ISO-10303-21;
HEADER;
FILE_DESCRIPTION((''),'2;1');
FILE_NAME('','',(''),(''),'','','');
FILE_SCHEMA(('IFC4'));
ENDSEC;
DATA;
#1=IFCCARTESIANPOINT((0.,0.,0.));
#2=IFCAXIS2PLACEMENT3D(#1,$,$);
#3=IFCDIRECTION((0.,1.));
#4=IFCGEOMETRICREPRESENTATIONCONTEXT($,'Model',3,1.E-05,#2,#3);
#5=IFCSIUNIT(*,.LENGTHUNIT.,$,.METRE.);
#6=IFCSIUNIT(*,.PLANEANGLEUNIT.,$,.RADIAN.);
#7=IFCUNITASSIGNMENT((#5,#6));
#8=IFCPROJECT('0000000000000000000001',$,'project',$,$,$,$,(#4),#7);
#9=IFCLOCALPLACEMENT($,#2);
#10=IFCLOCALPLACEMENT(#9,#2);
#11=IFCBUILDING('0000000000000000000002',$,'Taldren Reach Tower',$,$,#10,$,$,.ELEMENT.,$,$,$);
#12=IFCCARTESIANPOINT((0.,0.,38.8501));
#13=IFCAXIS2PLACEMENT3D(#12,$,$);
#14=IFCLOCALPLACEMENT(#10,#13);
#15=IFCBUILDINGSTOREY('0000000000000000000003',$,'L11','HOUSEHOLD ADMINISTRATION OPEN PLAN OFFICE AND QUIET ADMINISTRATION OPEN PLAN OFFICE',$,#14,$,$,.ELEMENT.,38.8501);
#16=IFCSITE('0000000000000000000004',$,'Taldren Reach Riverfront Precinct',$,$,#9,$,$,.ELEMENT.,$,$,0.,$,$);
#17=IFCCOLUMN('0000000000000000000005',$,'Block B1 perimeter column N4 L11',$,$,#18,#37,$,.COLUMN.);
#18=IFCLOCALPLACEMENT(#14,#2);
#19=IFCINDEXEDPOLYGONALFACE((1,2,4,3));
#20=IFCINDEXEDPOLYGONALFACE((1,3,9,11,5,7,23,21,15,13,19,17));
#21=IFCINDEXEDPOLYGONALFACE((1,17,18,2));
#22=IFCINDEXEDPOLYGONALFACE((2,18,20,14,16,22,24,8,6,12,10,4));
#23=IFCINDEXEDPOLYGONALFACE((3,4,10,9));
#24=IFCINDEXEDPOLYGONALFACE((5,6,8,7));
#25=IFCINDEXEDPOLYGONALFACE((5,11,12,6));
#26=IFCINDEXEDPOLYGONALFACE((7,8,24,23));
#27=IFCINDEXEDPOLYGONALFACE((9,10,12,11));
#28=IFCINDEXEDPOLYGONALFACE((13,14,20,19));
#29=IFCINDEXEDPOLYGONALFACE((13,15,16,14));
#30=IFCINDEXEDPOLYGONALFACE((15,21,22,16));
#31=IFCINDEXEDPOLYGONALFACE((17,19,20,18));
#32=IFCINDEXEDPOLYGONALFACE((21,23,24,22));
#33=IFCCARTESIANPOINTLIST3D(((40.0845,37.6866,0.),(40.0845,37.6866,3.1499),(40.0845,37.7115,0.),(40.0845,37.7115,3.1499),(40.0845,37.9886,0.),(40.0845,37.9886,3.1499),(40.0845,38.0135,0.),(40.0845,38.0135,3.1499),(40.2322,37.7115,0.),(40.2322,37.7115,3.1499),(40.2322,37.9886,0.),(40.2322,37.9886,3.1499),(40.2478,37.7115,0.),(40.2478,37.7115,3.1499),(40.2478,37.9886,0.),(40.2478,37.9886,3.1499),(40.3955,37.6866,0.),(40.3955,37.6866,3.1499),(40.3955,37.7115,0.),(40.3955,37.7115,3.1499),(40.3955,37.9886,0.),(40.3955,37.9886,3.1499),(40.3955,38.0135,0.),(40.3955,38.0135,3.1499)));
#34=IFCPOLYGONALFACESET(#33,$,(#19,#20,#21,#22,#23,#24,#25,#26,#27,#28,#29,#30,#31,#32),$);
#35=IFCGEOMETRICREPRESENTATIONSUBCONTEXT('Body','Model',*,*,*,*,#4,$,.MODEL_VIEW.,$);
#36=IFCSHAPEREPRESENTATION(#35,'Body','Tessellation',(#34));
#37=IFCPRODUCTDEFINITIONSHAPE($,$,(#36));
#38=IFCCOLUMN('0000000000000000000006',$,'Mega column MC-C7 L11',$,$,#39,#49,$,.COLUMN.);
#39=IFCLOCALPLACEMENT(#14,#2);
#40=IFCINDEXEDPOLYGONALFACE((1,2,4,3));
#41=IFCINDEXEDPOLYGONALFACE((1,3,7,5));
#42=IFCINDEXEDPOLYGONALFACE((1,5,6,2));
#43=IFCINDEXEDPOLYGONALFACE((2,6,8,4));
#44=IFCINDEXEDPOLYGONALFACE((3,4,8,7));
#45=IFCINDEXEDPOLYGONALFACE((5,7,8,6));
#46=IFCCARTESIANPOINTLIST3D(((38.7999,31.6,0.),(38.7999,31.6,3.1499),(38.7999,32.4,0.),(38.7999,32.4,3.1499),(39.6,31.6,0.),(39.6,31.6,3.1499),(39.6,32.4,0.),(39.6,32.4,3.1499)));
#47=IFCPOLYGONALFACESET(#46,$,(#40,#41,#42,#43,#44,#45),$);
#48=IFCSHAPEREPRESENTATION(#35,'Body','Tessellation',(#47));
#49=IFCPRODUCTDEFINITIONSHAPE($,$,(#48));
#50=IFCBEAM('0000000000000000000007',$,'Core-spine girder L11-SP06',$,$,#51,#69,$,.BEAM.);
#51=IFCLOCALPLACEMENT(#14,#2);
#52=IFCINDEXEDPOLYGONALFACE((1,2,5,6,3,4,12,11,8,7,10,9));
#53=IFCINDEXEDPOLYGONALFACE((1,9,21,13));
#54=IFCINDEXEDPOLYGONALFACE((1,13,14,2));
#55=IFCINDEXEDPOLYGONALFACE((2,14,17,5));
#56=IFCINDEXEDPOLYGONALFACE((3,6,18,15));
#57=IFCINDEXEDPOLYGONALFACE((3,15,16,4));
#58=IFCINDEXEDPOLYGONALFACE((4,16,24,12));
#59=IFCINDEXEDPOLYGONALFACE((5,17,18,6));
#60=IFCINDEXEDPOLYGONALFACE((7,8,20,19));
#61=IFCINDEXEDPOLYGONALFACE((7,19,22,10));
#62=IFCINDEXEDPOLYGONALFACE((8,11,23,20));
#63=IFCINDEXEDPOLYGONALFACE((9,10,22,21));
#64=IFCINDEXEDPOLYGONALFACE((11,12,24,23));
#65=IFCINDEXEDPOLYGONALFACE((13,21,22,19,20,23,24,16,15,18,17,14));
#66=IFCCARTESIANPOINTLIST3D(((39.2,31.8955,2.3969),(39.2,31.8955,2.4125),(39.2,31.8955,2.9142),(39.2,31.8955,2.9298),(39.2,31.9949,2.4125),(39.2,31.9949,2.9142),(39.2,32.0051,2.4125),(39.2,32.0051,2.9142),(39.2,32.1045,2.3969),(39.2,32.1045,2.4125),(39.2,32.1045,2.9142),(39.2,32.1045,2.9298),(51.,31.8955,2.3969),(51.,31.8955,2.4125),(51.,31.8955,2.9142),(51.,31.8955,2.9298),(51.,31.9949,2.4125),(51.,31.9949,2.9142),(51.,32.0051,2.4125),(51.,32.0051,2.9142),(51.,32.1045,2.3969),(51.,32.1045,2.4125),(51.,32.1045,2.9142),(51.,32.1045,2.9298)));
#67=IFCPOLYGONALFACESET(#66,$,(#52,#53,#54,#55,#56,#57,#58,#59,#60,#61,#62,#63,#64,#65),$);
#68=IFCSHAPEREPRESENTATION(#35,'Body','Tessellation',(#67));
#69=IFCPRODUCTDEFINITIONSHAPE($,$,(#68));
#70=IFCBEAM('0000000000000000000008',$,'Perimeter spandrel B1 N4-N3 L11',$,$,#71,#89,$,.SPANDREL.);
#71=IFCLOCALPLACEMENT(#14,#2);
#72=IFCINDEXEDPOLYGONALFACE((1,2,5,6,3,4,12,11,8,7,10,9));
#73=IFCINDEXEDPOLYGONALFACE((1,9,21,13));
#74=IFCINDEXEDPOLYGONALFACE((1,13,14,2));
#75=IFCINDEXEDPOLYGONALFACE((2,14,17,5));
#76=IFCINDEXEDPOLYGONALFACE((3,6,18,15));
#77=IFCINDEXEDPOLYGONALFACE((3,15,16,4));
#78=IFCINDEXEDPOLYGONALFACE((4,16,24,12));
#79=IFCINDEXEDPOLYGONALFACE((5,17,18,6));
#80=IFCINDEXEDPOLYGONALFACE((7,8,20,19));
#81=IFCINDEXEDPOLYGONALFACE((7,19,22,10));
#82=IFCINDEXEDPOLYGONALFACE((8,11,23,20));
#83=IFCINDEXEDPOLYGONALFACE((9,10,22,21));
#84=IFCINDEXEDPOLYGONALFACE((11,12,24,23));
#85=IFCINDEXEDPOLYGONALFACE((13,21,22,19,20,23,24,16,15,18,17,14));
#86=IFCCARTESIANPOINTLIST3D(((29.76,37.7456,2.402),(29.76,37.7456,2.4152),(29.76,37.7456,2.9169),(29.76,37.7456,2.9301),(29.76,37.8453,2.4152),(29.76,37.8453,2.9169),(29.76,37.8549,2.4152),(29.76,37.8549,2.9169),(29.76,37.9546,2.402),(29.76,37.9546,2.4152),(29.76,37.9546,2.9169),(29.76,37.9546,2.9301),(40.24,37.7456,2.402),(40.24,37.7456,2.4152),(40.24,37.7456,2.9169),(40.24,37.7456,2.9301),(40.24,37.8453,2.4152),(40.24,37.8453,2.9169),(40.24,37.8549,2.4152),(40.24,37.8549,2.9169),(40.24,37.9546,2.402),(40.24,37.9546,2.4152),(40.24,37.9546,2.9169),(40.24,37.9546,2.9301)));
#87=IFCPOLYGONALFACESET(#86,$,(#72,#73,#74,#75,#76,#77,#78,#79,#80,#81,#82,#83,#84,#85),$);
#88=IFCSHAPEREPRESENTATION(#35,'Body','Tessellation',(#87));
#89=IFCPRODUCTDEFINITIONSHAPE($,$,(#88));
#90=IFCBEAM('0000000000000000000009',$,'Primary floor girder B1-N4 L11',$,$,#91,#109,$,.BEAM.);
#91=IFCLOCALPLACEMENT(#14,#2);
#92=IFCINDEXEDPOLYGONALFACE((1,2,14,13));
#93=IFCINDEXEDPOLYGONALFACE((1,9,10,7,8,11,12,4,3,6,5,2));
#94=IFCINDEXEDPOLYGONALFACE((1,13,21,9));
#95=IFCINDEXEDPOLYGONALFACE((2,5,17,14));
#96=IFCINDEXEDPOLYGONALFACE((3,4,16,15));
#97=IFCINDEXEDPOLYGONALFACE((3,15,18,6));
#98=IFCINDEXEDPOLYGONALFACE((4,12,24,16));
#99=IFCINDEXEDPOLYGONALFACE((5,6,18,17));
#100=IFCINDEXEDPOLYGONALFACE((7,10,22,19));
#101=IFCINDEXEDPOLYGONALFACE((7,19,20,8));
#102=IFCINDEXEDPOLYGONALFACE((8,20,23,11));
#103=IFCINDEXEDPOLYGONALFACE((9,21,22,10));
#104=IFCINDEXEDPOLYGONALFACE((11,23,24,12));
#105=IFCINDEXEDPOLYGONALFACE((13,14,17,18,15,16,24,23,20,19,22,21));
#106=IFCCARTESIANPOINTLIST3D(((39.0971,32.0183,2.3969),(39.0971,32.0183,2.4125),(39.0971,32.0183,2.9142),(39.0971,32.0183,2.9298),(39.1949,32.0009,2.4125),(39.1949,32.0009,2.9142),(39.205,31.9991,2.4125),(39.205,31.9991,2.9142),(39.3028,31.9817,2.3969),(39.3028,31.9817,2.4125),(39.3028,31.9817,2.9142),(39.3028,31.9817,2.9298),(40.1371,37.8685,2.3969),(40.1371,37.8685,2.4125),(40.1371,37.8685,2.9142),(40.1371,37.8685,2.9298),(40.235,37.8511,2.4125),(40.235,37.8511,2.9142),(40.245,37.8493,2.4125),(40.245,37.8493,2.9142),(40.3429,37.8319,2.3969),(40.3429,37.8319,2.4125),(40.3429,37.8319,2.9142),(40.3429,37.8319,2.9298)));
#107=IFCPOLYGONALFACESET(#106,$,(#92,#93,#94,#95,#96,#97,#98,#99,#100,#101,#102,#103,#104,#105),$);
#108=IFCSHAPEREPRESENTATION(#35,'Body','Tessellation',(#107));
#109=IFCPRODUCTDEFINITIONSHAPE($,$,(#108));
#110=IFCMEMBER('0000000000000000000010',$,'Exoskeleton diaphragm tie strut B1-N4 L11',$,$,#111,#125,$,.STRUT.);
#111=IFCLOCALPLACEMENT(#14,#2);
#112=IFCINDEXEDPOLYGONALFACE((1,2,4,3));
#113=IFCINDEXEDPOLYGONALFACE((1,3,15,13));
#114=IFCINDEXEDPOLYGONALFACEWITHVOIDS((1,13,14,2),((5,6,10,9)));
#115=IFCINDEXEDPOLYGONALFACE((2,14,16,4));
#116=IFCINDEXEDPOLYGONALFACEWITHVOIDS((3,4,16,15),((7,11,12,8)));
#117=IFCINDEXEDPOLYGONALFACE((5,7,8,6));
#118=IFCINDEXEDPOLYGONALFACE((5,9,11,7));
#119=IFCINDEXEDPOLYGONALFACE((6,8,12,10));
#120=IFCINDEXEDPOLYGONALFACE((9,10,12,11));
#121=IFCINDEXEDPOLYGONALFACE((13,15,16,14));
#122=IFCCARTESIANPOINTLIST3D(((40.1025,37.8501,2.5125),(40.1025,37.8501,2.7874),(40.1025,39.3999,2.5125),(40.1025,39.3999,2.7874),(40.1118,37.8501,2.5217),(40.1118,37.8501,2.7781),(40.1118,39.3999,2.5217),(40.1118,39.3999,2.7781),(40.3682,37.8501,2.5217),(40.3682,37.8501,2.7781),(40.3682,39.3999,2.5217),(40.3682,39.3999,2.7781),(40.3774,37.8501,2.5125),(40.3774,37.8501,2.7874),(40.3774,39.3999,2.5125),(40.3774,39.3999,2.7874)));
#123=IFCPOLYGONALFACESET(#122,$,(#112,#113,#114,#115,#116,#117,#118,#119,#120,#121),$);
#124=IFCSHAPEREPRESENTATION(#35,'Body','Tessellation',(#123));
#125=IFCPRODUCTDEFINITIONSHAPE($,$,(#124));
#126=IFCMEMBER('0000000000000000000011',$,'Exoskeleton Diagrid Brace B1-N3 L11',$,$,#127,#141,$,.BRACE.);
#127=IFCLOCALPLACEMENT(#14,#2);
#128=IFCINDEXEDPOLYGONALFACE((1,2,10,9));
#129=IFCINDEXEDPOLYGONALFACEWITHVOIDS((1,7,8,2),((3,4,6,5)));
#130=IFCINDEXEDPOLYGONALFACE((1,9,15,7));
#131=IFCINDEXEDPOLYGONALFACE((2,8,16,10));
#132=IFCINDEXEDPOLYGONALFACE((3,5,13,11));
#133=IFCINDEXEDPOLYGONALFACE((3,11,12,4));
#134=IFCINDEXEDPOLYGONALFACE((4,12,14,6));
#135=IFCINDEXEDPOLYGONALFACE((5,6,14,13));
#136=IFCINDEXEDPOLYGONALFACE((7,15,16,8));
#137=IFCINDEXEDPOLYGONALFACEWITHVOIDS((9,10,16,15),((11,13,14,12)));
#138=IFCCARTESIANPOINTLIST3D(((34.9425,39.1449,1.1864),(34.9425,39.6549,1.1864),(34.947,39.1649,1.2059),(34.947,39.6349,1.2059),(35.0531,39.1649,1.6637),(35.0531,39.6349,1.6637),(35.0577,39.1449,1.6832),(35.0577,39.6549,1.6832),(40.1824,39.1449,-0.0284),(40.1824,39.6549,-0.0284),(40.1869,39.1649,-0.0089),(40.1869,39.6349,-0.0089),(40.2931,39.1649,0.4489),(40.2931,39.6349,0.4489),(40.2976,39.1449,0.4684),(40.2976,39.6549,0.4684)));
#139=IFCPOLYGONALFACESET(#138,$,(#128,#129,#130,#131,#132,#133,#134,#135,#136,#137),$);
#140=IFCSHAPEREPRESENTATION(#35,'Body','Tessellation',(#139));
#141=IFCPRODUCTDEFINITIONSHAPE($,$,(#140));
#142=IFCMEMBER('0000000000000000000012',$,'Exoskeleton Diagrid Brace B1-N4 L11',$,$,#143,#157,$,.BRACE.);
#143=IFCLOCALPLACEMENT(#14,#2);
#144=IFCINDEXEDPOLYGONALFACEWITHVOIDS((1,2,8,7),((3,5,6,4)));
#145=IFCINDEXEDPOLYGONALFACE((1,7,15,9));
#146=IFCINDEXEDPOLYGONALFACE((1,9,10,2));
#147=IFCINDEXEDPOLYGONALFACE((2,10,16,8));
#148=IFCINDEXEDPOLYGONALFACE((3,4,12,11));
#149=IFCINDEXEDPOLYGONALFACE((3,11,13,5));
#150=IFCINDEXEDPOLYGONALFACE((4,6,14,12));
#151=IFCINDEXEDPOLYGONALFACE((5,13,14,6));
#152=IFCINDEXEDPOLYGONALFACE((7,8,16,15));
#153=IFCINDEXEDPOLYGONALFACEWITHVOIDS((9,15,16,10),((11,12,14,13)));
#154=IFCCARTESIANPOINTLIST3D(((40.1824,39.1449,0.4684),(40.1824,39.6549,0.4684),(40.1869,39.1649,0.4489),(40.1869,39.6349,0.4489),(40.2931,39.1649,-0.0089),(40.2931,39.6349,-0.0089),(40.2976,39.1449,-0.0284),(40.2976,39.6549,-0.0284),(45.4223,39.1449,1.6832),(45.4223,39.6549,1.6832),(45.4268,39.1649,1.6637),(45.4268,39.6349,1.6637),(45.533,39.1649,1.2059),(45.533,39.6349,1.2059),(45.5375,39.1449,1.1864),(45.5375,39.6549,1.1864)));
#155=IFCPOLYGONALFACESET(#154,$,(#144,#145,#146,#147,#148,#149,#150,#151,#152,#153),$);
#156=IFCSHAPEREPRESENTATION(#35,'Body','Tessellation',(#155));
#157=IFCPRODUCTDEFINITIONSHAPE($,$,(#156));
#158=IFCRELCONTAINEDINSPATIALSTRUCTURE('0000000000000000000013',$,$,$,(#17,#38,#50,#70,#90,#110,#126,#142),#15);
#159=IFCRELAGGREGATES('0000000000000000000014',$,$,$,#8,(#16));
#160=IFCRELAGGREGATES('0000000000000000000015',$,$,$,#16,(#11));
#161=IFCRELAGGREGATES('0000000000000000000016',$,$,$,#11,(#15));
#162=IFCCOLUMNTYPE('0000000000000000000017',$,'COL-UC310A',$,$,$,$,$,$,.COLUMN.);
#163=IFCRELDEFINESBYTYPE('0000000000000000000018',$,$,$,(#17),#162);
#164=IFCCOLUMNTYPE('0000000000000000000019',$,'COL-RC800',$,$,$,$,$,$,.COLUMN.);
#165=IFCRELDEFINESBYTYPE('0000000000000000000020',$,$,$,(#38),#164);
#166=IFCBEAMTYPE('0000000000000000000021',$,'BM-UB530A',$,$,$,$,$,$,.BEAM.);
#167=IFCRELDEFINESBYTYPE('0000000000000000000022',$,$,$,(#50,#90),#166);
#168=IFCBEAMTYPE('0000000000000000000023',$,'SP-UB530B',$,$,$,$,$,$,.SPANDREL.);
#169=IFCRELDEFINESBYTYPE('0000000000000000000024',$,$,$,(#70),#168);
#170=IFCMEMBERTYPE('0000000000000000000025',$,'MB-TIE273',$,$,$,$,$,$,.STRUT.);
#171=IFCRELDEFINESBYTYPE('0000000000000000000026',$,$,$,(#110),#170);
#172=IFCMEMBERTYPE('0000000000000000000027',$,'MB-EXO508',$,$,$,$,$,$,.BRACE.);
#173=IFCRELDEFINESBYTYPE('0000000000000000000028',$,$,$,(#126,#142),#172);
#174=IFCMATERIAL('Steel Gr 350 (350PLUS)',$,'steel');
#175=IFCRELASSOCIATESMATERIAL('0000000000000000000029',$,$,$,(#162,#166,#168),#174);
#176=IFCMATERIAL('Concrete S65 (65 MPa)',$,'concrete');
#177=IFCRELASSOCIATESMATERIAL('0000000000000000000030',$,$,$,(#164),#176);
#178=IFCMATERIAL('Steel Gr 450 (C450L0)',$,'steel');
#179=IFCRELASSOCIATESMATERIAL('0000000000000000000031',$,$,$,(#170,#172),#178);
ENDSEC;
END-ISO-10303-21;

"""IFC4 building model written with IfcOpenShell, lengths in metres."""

from ifc_helpers import new_model, si_unit, direction, frame, origin, origin_2d, place, context, subcontext, project, spatial, rectangle, hollow_rectangle, i_section, extrude, source, transform, mapped, material, material_profile, profile_set, type_object, element, save


model = new_model("IFC4")

# Units and contexts
model_context = context("Model", 3, precision=1e-05, world=origin(), true_north=direction((0.0, 1.0)))
body_context = subcontext(model_context, "Body", "Model", "MODEL_VIEW")
ifc_project = project(units=[si_unit("LENGTHUNIT", "METRE"), si_unit("PLANEANGLEUNIT", "RADIAN")], contexts=[model_context])

# Site, building, storey
site_placement = place(None, origin())
site = spatial("IfcSite", under=ifc_project, at=site_placement, Name="Taldren Reach Riverfront Precinct", CompositionType="ELEMENT", RefElevation=0.0)
building_placement = place(site_placement, origin())
building = spatial("IfcBuilding", under=site, at=building_placement, Name="Taldren Reach Tower", CompositionType="ELEMENT")
storey_placement = place(building_placement, frame((0.0, 0.0, 38.8501)))
storey = spatial("IfcBuildingStorey", under=building, at=storey_placement, Name="L11", Description="HOUSEHOLD ADMINISTRATION OPEN PLAN OFFICE AND QUIET ADMINISTRATION OPEN PLAN OFFICE", CompositionType="ELEMENT", Elevation=38.8501)

# Columns
ifc_material_1 = material(Name="Steel Gr 350 (350PLUS)", Category="steel")
ifc_material_profile_1 = material_profile(ifc_material_1, i_section(OverallWidth=0.311, OverallDepth=0.3269, WebThickness=0.0156, FlangeThickness=0.0249, at=origin_2d()), Name="310UC158")
ifc_profile_set_1 = profile_set([ifc_material_profile_1], Name="Steel Gr 350 (350PLUS)")
column_type_1 = type_object("IfcColumnType", Name="COL-UC310A", PredefinedType="COLUMN", material=ifc_profile_set_1)
shared_shape_1 = source(origin(), body_context, "Body", "SweptSolid", [
    extrude(i_section(OverallWidth=0.311, OverallDepth=0.3269, WebThickness=0.0156, FlangeThickness=0.0249, at=origin_2d()), origin(), (0.0, 0.0, 1.0), 3.1499),
])
column_1_placement = place(storey_placement, frame((40.24, 37.8501, 0.0), z_axis=(0.0, 0.0, 1.0), x_axis=(1.0, 0.0, 0.0)))
element("IfcColumn", 1, at=column_1_placement, inside=storey, type_object=column_type_1, Name="Block B1 perimeter column N4 L11", PredefinedType="COLUMN", context=body_context, shape_type="MappedRepresentation", body=[
    mapped(shared_shape_1, transform((0.0, 0.0, 0.0), scale=1.0)),
])
ifc_material_2 = material(Name="Concrete S65 (65 MPa)", Category="concrete")
ifc_material_profile_2 = material_profile(ifc_material_2, rectangle(XDim=0.8, YDim=0.8, at=origin_2d()), Name="RC-800x800")
ifc_profile_set_2 = profile_set([ifc_material_profile_2], Name="Concrete S65 (65 MPa)")
column_type_2 = type_object("IfcColumnType", Name="COL-RC800", PredefinedType="COLUMN", material=ifc_profile_set_2)
shared_shape_2 = source(origin(), body_context, "Body", "SweptSolid", [
    extrude(rectangle(XDim=0.8, YDim=0.8, at=origin_2d()), origin(), (0.0, 0.0, 1.0), 3.1499),
])
column_2_placement = place(storey_placement, frame((39.2, 32.0, 0.0), z_axis=(0.0, 0.0, 1.0), x_axis=(1.0, 0.0, 0.0)))
element("IfcColumn", 2, at=column_2_placement, inside=storey, type_object=column_type_2, Name="Mega column MC-C7 L11", PredefinedType="COLUMN", context=body_context, shape_type="MappedRepresentation", body=[
    mapped(shared_shape_2, transform((0.0, 0.0, 0.0), scale=1.0)),
])

# Beams
ifc_material_profile_3 = material_profile(ifc_material_1, i_section(OverallWidth=0.209, OverallDepth=0.533, WebThickness=0.0103, FlangeThickness=0.0156, at=origin_2d()), Name="530UB92.4")
ifc_profile_set_3 = profile_set([ifc_material_profile_3], Name="Steel Gr 350 (350PLUS)")
beam_type_1 = type_object("IfcBeamType", Name="BM-UB530A", PredefinedType="BEAM", material=ifc_profile_set_3)
shared_shape_3 = source(origin(), body_context, "Body", "SweptSolid", [
    extrude(i_section(OverallWidth=0.209, OverallDepth=0.533, WebThickness=0.0103, FlangeThickness=0.0156, at=origin_2d()), origin(), (0.0, 0.0, 1.0), 11.8),
])
beam_1_placement = place(storey_placement, frame((39.2, 32.0, 2.6633), z_axis=(1.0, 0.0, 0.0), x_axis=(0.0, 1.0, 0.0)))
element("IfcBeam", 3, at=beam_1_placement, inside=storey, type_object=beam_type_1, Name="Core-spine girder L11-SP06", PredefinedType="BEAM", context=body_context, shape_type="MappedRepresentation", body=[
    mapped(shared_shape_3, transform((0.0, 0.0, 0.0), scale=1.0)),
])
ifc_material_profile_4 = material_profile(ifc_material_1, i_section(OverallWidth=0.209, OverallDepth=0.5281, WebThickness=0.0095, FlangeThickness=0.0132, at=origin_2d()), Name="530UB82.0")
ifc_profile_set_4 = profile_set([ifc_material_profile_4], Name="Steel Gr 350 (350PLUS)")
beam_type_2 = type_object("IfcBeamType", Name="SP-UB530B", PredefinedType="SPANDREL", material=ifc_profile_set_4)
shared_shape_4 = source(origin(), body_context, "Body", "SweptSolid", [
    extrude(i_section(OverallWidth=0.209, OverallDepth=0.5281, WebThickness=0.0095, FlangeThickness=0.0132, at=origin_2d()), origin(), (0.0, 0.0, 1.0), 10.48),
])
beam_2_placement = place(storey_placement, frame((40.24, 37.8501, 2.666), z_axis=(-1.0, 0.0, 0.0), x_axis=(0.0, -1.0, 0.0)))
element("IfcBeam", 4, at=beam_2_placement, inside=storey, type_object=beam_type_2, Name="Perimeter spandrel B1 N4-N3 L11", PredefinedType="SPANDREL", context=body_context, shape_type="MappedRepresentation", body=[
    mapped(shared_shape_4, transform((0.0, 0.0, 0.0), scale=1.0)),
])
shared_shape_5 = source(origin(), body_context, "Body", "SweptSolid", [
    extrude(i_section(OverallWidth=0.209, OverallDepth=0.533, WebThickness=0.0103, FlangeThickness=0.0156, at=origin_2d()), origin(), (0.0, 0.0, 1.0), 5.9419),
])
beam_3_placement = place(storey_placement, frame((39.2, 32.0, 2.6633), z_axis=(0.175037, 0.984562, 0.0), x_axis=(-0.984562, 0.175037, 0.0)))
element("IfcBeam", 5, at=beam_3_placement, inside=storey, type_object=beam_type_1, Name="Primary floor girder B1-N4 L11", PredefinedType="BEAM", context=body_context, shape_type="MappedRepresentation", body=[
    mapped(shared_shape_5, transform((0.0, 0.0, 0.0), scale=1.0)),
])

# Members
ifc_material_3 = material(Name="Steel Gr 450 (C450L0)", Category="steel")
ifc_material_profile_5 = material_profile(ifc_material_3, hollow_rectangle(XDim=0.2749, YDim=0.2749, WallThickness=0.0093, at=origin_2d()), Name="275x275x9.3SHS")
ifc_profile_set_5 = profile_set([ifc_material_profile_5], Name="Steel Gr 450 (C450L0)")
member_type_1 = type_object("IfcMemberType", Name="MB-TIE273", PredefinedType="STRUT", material=ifc_profile_set_5)
shared_shape_6 = source(origin(), body_context, "Body", "SweptSolid", [
    extrude(hollow_rectangle(XDim=0.2749, YDim=0.2749, WallThickness=0.0093, at=origin_2d()), origin(), (0.0, 0.0, 1.0), 1.5498),
])
member_1_placement = place(storey_placement, frame((40.24, 37.8501, 2.6499), z_axis=(0.0, 1.0, 0.0), x_axis=(-1.0, 0.0, 0.0)))
element("IfcMember", 6, at=member_1_placement, inside=storey, type_object=member_type_1, Name="Exoskeleton diaphragm tie strut B1-N4 L11", PredefinedType="STRUT", context=body_context, shape_type="MappedRepresentation", body=[
    mapped(shared_shape_6, transform((0.0, 0.0, 0.0), scale=1.0)),
])
ifc_material_profile_6 = material_profile(ifc_material_3, hollow_rectangle(XDim=0.51, YDim=0.51, WallThickness=0.02, at=origin_2d()), Name="510x510x20.0SHS")
ifc_profile_set_6 = profile_set([ifc_material_profile_6], Name="Steel Gr 450 (C450L0)")
member_type_2 = type_object("IfcMemberType", Name="MB-EXO508", PredefinedType="BRACE", material=ifc_profile_set_6)
shared_shape_7 = source(origin(), body_context, "Body", "SweptSolid", [
    extrude(hollow_rectangle(XDim=0.51, YDim=0.51, WallThickness=0.02, at=origin_2d()), origin(), (0.0, 0.0, 1.0), 5.3789),
])
for number, where, z_axis, x_axis, name in (
    (7, (40.24, 39.3999, 0.22), (-0.974162, 0.0, 0.225851), (0.0, -1.0, 0.0), "Exoskeleton Diagrid Brace B1-N3 L11"),
    (8, (40.24, 39.3999, 0.22), (0.974162, 0.0, 0.225851), (0.0, 1.0, 0.0), "Exoskeleton Diagrid Brace B1-N4 L11"),
):
    element("IfcMember", number, at=place(storey_placement, frame(where, z_axis=z_axis, x_axis=x_axis)), inside=storey, type_object=member_type_2, Name=name, PredefinedType="BRACE", context=body_context, shape_type="MappedRepresentation", body=[
        mapped(shared_shape_7, transform((0.0, 0.0, 0.0), scale=1.0)),
    ])

save(model, "model.ifc")
